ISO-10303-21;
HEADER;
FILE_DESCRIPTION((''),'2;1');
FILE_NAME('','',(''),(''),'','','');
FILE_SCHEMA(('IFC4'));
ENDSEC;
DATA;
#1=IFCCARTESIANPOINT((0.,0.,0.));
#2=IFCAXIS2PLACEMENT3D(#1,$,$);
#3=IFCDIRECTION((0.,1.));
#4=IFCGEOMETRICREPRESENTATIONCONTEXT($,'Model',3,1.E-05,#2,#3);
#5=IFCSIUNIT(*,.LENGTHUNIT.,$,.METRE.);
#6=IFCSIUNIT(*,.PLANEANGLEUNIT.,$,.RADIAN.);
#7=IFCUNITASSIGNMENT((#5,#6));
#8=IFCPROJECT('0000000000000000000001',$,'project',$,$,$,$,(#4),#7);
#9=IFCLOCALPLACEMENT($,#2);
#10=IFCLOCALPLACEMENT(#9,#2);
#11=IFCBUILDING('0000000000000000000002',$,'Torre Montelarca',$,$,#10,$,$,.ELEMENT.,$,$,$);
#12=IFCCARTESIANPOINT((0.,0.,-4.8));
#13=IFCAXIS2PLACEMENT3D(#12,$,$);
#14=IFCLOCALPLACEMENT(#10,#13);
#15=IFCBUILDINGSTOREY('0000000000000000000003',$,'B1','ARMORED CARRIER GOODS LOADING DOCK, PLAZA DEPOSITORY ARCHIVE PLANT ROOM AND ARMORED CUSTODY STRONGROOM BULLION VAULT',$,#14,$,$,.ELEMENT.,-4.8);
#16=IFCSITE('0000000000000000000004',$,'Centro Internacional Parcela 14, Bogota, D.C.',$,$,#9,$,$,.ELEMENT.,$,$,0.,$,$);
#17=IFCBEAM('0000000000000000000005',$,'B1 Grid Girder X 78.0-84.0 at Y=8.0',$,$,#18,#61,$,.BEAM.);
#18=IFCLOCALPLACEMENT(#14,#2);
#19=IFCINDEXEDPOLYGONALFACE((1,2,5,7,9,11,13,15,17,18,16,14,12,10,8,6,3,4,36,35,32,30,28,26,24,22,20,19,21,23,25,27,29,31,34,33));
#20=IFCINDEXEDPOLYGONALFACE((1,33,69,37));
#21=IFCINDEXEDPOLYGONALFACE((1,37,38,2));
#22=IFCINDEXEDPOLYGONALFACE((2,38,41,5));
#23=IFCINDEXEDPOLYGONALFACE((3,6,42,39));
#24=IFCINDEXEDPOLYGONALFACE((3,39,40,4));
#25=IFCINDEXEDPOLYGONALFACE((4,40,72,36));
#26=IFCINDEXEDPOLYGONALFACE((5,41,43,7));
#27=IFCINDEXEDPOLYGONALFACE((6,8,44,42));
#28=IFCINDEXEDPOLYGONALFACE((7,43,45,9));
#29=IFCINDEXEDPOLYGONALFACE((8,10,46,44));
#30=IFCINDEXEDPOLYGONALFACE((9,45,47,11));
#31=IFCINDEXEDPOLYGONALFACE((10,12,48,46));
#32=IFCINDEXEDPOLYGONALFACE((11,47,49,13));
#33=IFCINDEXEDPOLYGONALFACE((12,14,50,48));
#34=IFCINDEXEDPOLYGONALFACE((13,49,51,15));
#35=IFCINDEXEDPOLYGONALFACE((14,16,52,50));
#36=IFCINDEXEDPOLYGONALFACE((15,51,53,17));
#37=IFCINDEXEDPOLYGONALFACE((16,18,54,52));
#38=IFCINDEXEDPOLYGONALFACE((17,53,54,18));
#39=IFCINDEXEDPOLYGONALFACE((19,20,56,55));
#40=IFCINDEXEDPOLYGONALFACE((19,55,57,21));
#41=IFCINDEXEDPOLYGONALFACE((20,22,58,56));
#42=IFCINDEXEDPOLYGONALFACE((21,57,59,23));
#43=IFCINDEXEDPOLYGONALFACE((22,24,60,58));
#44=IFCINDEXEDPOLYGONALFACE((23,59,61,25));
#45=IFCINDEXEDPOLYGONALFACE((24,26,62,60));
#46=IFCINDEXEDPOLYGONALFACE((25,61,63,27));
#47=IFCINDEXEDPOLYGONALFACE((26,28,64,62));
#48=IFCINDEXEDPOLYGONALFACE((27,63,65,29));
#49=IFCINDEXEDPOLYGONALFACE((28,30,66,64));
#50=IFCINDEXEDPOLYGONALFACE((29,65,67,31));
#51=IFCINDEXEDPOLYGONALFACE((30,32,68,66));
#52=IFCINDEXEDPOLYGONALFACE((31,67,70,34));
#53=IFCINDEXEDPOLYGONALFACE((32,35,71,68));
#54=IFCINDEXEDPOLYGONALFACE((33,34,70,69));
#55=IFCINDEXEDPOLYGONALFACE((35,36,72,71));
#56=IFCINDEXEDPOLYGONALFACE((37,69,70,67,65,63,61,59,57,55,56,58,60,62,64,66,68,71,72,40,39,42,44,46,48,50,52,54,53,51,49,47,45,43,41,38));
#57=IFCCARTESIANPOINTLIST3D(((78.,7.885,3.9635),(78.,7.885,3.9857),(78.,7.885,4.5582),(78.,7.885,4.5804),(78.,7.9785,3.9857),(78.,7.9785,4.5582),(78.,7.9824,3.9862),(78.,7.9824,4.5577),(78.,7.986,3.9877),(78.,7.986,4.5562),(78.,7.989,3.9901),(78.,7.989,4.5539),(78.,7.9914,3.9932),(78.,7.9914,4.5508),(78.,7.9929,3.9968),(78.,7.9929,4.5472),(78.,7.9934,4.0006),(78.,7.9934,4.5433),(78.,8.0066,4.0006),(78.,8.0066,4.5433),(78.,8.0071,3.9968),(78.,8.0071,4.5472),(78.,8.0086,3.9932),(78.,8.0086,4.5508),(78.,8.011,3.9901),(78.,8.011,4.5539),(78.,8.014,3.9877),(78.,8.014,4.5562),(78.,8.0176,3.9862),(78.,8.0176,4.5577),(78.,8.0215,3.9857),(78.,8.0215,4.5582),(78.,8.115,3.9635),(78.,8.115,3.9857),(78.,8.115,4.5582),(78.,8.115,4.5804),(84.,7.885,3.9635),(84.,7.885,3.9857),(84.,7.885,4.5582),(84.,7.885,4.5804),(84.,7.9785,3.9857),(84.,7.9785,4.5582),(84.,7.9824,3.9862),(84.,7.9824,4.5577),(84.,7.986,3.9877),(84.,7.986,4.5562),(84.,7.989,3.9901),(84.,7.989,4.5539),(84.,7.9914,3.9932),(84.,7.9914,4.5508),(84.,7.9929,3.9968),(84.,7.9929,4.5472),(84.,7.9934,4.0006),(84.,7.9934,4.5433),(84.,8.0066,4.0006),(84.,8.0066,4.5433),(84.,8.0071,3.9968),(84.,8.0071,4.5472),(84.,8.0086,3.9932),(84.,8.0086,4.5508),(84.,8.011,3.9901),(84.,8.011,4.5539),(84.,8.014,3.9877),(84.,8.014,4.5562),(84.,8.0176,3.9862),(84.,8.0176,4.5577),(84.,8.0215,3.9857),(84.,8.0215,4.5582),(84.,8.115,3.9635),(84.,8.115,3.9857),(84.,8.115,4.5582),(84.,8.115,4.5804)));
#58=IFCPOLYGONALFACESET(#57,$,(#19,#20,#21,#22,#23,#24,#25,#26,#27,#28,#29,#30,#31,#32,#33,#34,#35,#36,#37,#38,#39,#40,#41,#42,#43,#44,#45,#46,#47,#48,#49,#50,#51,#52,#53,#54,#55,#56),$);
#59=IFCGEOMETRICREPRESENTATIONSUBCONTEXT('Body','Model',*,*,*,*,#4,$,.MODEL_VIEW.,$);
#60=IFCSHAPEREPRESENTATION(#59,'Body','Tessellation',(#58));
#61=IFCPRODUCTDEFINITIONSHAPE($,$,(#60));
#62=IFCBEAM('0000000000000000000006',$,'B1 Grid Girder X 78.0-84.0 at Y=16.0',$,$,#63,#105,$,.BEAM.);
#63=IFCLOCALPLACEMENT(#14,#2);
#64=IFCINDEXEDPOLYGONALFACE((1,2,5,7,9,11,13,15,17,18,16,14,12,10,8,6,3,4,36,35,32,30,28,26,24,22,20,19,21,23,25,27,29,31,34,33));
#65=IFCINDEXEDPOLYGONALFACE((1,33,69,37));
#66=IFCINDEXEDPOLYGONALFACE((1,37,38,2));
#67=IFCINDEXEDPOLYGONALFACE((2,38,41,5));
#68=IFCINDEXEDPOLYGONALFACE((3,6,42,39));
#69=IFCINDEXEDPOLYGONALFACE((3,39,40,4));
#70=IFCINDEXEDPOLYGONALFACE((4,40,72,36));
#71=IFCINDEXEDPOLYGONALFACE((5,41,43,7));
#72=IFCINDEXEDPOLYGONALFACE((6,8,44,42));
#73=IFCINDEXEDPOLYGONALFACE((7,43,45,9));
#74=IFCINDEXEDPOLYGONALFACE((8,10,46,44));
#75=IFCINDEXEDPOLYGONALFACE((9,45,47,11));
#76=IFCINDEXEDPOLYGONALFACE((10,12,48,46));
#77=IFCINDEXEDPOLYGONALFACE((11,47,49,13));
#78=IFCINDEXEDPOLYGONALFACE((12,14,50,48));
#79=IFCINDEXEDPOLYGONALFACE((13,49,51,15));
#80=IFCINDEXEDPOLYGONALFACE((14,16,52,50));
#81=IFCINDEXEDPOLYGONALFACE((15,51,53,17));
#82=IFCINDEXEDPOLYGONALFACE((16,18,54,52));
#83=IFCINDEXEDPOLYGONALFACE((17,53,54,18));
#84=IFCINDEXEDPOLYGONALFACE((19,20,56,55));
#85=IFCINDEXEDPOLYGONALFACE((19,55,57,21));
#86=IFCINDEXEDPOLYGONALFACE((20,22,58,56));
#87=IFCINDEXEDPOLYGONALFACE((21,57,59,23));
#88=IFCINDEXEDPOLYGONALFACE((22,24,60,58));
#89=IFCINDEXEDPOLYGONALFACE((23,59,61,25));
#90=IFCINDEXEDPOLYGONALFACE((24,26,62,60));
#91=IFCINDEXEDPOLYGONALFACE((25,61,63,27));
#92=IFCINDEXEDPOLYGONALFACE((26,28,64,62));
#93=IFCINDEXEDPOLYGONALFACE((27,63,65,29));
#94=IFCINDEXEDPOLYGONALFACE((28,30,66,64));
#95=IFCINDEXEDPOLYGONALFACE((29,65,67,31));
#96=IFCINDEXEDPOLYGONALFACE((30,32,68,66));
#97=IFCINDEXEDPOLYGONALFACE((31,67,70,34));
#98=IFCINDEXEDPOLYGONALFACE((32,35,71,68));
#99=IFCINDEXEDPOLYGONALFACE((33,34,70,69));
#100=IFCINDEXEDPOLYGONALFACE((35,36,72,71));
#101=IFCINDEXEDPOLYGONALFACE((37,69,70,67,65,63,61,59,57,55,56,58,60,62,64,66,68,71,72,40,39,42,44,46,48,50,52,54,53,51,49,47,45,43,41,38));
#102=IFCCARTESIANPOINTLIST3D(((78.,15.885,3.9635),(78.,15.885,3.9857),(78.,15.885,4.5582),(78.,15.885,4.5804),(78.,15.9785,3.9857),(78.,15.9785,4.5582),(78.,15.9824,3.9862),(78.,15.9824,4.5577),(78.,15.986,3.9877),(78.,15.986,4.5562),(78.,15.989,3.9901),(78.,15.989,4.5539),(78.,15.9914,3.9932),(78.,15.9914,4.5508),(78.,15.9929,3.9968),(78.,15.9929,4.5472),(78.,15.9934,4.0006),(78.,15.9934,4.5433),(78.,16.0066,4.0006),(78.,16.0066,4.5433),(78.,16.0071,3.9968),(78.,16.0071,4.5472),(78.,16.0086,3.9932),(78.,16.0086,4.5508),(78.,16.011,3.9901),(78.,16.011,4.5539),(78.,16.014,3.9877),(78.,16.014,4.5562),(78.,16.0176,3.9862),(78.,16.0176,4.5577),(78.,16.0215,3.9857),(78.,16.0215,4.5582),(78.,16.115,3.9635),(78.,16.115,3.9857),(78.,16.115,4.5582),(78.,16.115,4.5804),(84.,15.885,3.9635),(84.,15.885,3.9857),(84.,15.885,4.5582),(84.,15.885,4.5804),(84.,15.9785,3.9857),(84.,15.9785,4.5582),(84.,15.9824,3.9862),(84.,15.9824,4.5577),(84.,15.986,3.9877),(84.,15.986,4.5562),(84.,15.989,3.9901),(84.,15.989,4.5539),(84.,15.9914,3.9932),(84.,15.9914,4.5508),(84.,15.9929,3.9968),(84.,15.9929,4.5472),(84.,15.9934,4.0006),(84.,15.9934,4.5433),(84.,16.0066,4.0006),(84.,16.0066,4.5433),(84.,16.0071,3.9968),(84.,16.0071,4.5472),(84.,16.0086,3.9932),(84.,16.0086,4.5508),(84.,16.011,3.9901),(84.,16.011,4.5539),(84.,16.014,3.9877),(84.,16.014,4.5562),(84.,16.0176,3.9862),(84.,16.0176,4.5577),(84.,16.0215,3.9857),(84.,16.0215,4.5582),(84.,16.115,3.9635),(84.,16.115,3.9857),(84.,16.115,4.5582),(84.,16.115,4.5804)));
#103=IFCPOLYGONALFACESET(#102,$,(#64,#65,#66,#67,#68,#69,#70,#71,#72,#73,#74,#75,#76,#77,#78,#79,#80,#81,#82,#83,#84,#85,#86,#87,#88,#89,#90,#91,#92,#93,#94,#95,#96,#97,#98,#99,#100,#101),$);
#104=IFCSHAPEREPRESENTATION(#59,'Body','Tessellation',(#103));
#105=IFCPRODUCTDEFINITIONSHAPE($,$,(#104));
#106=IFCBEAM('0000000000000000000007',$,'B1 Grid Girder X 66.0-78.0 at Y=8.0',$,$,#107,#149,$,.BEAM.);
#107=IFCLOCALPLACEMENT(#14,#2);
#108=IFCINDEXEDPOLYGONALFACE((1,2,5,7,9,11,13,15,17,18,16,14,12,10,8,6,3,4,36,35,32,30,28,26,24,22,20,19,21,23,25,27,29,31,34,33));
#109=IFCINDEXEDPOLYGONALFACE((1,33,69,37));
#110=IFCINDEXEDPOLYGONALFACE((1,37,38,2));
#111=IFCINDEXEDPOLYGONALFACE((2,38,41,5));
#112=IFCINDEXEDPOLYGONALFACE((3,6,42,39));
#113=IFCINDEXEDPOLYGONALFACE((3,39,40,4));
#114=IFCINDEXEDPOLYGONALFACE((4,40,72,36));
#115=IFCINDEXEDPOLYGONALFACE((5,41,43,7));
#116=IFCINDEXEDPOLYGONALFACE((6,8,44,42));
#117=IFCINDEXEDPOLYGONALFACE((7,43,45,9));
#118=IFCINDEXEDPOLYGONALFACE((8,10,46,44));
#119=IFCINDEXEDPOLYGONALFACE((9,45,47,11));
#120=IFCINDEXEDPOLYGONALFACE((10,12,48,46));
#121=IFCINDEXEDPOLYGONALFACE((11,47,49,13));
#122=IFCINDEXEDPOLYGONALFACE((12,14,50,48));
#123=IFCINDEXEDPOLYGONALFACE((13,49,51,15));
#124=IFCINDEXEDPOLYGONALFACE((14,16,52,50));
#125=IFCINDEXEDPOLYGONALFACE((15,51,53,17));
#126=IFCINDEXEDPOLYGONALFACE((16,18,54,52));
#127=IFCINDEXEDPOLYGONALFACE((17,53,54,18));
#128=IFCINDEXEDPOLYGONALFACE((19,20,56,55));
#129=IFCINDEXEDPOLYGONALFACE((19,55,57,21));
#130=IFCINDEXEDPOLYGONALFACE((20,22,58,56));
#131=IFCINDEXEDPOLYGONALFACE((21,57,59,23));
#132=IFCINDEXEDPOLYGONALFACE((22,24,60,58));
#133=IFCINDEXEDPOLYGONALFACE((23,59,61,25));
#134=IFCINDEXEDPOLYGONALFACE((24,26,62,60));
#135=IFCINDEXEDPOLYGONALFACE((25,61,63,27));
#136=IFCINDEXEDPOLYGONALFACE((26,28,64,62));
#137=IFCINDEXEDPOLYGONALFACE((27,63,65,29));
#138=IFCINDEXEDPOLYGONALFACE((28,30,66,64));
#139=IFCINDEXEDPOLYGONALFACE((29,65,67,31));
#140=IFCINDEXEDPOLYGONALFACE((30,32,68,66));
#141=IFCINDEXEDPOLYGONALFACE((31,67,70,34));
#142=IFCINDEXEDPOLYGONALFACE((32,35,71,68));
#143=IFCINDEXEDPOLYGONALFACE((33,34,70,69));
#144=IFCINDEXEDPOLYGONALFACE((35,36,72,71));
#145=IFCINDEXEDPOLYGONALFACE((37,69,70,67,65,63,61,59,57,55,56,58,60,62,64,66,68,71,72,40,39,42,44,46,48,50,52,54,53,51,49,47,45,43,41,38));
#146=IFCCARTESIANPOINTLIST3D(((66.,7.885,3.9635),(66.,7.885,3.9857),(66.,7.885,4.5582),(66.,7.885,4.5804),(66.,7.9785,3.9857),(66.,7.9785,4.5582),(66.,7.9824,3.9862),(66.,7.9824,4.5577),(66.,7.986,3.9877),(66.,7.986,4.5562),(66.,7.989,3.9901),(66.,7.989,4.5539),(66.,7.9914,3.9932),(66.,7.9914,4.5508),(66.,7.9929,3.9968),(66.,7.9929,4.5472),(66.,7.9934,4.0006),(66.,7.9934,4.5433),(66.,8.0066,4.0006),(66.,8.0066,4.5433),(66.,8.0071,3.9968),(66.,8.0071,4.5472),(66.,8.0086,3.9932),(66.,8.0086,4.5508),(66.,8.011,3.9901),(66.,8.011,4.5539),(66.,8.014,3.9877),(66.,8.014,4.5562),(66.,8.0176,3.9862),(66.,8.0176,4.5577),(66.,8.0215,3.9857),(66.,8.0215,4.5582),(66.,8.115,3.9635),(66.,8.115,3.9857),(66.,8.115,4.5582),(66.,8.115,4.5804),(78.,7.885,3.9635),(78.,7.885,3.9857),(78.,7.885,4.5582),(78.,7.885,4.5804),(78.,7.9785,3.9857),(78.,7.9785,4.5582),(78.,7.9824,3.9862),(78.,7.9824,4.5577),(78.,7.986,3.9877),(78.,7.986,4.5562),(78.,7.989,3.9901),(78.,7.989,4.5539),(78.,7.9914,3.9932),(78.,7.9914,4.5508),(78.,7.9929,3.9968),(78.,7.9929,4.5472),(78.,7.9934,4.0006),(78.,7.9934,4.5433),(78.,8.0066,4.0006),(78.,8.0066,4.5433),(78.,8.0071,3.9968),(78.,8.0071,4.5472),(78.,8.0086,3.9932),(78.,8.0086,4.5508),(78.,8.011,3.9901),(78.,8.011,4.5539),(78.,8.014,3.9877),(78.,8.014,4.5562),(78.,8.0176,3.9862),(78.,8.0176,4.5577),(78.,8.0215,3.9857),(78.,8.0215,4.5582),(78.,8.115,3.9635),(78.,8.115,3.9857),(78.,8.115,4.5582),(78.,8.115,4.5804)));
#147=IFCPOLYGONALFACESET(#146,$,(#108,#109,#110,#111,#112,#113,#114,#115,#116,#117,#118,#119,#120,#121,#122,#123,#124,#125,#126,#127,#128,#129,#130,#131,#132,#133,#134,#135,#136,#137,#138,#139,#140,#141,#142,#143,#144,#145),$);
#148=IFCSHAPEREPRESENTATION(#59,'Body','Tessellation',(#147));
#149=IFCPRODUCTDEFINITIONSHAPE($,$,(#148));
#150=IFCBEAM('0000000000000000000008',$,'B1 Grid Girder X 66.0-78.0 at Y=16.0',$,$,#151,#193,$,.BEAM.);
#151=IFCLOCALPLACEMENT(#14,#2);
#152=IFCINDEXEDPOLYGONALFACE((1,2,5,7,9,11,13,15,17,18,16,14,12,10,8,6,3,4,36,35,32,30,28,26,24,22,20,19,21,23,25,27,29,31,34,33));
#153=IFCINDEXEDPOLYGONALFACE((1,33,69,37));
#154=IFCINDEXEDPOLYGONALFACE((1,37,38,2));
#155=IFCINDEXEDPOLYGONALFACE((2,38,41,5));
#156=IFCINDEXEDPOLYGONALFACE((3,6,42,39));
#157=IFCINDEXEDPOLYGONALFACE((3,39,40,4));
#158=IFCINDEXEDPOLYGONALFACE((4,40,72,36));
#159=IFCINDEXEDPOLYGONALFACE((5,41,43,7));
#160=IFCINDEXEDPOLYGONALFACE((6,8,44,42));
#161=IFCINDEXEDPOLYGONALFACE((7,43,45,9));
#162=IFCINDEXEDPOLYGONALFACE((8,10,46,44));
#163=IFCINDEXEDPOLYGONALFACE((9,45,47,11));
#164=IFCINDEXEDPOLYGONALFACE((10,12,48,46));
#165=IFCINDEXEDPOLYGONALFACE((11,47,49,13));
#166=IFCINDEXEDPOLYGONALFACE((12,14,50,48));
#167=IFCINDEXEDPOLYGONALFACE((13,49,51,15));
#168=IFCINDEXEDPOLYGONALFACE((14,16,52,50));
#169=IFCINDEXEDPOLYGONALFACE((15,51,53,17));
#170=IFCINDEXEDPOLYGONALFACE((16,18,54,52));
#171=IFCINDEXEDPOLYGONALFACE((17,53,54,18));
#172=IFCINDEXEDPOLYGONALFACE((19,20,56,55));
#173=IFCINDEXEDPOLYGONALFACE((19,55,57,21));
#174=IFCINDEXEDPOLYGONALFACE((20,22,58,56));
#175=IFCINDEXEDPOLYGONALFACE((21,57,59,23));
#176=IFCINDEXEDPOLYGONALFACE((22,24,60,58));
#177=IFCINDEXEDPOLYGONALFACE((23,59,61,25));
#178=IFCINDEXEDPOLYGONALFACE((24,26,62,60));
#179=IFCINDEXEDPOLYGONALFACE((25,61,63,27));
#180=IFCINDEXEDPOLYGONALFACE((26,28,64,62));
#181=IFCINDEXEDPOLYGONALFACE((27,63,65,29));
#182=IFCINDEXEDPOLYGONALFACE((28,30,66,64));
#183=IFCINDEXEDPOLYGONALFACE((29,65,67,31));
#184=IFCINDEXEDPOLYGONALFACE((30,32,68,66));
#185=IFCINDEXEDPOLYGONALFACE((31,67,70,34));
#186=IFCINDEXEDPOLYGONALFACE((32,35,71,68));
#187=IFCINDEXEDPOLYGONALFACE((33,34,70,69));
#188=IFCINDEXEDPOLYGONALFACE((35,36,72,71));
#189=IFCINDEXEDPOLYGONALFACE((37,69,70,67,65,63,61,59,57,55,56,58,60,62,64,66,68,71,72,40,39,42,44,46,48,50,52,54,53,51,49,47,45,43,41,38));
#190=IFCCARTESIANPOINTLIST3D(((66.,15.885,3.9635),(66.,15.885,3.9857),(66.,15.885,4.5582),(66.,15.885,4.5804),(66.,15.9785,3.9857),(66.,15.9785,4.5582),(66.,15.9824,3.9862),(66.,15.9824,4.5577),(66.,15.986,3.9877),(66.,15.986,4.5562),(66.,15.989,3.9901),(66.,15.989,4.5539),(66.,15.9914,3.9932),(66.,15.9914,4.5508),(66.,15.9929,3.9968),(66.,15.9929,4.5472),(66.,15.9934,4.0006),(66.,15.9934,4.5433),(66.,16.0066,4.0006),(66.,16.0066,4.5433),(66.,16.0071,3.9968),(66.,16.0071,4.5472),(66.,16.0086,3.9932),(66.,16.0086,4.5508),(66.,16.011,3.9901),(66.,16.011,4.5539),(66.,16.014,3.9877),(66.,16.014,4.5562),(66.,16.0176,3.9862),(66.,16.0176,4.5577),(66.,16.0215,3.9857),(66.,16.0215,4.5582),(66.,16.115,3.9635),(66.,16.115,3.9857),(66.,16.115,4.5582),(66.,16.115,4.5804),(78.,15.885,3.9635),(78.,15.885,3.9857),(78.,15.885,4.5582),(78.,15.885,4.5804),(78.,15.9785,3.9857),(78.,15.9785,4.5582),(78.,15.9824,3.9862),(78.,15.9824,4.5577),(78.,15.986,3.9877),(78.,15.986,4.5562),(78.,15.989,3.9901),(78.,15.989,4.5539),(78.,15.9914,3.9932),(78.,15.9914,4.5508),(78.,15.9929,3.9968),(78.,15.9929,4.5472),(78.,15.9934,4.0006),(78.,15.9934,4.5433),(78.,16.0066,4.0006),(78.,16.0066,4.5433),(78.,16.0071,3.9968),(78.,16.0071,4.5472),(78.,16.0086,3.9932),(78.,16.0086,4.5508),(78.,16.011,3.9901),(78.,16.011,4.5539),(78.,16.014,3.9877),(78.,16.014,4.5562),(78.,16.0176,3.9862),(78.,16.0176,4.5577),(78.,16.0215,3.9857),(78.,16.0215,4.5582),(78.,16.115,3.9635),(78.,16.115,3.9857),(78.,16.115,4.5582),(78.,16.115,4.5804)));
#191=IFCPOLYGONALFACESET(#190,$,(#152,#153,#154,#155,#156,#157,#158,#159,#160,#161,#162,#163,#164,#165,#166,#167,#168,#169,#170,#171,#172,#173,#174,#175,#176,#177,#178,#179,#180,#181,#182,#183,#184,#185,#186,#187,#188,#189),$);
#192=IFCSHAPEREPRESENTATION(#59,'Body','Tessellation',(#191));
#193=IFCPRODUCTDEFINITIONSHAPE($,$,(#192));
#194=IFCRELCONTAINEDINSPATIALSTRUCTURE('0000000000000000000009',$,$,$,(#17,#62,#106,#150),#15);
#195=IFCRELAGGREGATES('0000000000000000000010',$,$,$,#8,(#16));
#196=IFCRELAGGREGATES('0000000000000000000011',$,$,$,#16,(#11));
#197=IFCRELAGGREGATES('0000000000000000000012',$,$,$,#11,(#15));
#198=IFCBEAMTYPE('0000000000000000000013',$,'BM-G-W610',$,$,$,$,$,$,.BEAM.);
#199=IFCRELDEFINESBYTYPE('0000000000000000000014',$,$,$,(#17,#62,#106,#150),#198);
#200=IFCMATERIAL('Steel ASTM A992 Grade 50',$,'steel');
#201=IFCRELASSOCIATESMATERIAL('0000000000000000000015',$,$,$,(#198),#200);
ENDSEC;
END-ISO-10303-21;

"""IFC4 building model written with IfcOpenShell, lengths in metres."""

from ifc_helpers import new_model, si_unit, direction, frame, origin, origin_2d, place, context, subcontext, project, spatial, i_section, extrude, source, transform, mapped, material, material_profile, profile_set, type_object, element, save


model = new_model("IFC4")

# Units and contexts
model_context = context("Model", 3, precision=1e-05, world=origin(), true_north=direction((0.0, 1.0)))
body_context = subcontext(model_context, "Body", "Model", "MODEL_VIEW")
ifc_project = project(units=[si_unit("LENGTHUNIT", "METRE"), si_unit("PLANEANGLEUNIT", "RADIAN")], contexts=[model_context])

# Site, building, storey
site_placement = place(None, origin())
site = spatial("IfcSite", under=ifc_project, at=site_placement, Name="Centro Internacional Parcela 14, Bogota, D.C.", CompositionType="ELEMENT", RefElevation=0.0)
building_placement = place(site_placement, origin())
building = spatial("IfcBuilding", under=site, at=building_placement, Name="Torre Montelarca", CompositionType="ELEMENT")
storey_placement = place(building_placement, frame((0.0, 0.0, -4.8)))
storey = spatial("IfcBuildingStorey", under=building, at=storey_placement, Name="B1", Description="ARMORED CARRIER GOODS LOADING DOCK, PLAZA DEPOSITORY ARCHIVE PLANT ROOM AND ARMORED CUSTODY STRONGROOM BULLION VAULT", CompositionType="ELEMENT", Elevation=-4.8)

# Beams
ifc_material_1 = material(Name="Steel ASTM A992 Grade 50", Category="steel")
ifc_material_profile_1 = material_profile(ifc_material_1, i_section(OverallWidth=0.23, OverallDepth=0.6169, WebThickness=0.0132, FlangeThickness=0.0222, FilletRadius=0.0149, at=origin_2d()), Name="W610X140", Category="steel")
ifc_profile_set_1 = profile_set([ifc_material_profile_1], Name="Steel ASTM A992 Grade 50")
beam_type_1 = type_object("IfcBeamType", Name="BM-G-W610", PredefinedType="BEAM", material=ifc_profile_set_1)
shared_shape_1 = source(origin(), body_context, "Body", "SweptSolid", [
    extrude(i_section(OverallWidth=0.23, OverallDepth=0.6169, WebThickness=0.0132, FlangeThickness=0.0222, FilletRadius=0.0149, at=origin_2d()), origin(), (0.0, 0.0, 1.0), 6.0),
])
for number, where, z_axis, x_axis, name in (
    (1, (78.0, 8.0, 4.272), (1.0, 0.0, 0.0), (0.0, 1.0, 0.0), "B1 Grid Girder X 78.0-84.0 at Y=8.0"),
    (2, (78.0, 16.0, 4.272), (1.0, 0.0, 0.0), (0.0, 1.0, 0.0), "B1 Grid Girder X 78.0-84.0 at Y=16.0"),
):
    element("IfcBeam", number, at=place(storey_placement, frame(where, z_axis=z_axis, x_axis=x_axis)), inside=storey, type_object=beam_type_1, Name=name, PredefinedType="BEAM", context=body_context, shape_type="MappedRepresentation", body=[
        mapped(shared_shape_1, transform((0.0, 0.0, 0.0), scale=1.0)),
    ])
shared_shape_2 = source(origin(), body_context, "Body", "SweptSolid", [
    extrude(i_section(OverallWidth=0.23, OverallDepth=0.6169, WebThickness=0.0132, FlangeThickness=0.0222, FilletRadius=0.0149, at=origin_2d()), origin(), (0.0, 0.0, 1.0), 12.0),
])
for number, where, z_axis, x_axis, name in (
    (3, (66.0, 8.0, 4.272), (1.0, 0.0, 0.0), (0.0, 1.0, 0.0), "B1 Grid Girder X 66.0-78.0 at Y=8.0"),
    (4, (66.0, 16.0, 4.272), (1.0, 0.0, 0.0), (0.0, 1.0, 0.0), "B1 Grid Girder X 66.0-78.0 at Y=16.0"),
):
    element("IfcBeam", number, at=place(storey_placement, frame(where, z_axis=z_axis, x_axis=x_axis)), inside=storey, type_object=beam_type_1, Name=name, PredefinedType="BEAM", context=body_context, shape_type="MappedRepresentation", body=[
        mapped(shared_shape_2, transform((0.0, 0.0, 0.0), scale=1.0)),
    ])

save(model, "model.ifc")
